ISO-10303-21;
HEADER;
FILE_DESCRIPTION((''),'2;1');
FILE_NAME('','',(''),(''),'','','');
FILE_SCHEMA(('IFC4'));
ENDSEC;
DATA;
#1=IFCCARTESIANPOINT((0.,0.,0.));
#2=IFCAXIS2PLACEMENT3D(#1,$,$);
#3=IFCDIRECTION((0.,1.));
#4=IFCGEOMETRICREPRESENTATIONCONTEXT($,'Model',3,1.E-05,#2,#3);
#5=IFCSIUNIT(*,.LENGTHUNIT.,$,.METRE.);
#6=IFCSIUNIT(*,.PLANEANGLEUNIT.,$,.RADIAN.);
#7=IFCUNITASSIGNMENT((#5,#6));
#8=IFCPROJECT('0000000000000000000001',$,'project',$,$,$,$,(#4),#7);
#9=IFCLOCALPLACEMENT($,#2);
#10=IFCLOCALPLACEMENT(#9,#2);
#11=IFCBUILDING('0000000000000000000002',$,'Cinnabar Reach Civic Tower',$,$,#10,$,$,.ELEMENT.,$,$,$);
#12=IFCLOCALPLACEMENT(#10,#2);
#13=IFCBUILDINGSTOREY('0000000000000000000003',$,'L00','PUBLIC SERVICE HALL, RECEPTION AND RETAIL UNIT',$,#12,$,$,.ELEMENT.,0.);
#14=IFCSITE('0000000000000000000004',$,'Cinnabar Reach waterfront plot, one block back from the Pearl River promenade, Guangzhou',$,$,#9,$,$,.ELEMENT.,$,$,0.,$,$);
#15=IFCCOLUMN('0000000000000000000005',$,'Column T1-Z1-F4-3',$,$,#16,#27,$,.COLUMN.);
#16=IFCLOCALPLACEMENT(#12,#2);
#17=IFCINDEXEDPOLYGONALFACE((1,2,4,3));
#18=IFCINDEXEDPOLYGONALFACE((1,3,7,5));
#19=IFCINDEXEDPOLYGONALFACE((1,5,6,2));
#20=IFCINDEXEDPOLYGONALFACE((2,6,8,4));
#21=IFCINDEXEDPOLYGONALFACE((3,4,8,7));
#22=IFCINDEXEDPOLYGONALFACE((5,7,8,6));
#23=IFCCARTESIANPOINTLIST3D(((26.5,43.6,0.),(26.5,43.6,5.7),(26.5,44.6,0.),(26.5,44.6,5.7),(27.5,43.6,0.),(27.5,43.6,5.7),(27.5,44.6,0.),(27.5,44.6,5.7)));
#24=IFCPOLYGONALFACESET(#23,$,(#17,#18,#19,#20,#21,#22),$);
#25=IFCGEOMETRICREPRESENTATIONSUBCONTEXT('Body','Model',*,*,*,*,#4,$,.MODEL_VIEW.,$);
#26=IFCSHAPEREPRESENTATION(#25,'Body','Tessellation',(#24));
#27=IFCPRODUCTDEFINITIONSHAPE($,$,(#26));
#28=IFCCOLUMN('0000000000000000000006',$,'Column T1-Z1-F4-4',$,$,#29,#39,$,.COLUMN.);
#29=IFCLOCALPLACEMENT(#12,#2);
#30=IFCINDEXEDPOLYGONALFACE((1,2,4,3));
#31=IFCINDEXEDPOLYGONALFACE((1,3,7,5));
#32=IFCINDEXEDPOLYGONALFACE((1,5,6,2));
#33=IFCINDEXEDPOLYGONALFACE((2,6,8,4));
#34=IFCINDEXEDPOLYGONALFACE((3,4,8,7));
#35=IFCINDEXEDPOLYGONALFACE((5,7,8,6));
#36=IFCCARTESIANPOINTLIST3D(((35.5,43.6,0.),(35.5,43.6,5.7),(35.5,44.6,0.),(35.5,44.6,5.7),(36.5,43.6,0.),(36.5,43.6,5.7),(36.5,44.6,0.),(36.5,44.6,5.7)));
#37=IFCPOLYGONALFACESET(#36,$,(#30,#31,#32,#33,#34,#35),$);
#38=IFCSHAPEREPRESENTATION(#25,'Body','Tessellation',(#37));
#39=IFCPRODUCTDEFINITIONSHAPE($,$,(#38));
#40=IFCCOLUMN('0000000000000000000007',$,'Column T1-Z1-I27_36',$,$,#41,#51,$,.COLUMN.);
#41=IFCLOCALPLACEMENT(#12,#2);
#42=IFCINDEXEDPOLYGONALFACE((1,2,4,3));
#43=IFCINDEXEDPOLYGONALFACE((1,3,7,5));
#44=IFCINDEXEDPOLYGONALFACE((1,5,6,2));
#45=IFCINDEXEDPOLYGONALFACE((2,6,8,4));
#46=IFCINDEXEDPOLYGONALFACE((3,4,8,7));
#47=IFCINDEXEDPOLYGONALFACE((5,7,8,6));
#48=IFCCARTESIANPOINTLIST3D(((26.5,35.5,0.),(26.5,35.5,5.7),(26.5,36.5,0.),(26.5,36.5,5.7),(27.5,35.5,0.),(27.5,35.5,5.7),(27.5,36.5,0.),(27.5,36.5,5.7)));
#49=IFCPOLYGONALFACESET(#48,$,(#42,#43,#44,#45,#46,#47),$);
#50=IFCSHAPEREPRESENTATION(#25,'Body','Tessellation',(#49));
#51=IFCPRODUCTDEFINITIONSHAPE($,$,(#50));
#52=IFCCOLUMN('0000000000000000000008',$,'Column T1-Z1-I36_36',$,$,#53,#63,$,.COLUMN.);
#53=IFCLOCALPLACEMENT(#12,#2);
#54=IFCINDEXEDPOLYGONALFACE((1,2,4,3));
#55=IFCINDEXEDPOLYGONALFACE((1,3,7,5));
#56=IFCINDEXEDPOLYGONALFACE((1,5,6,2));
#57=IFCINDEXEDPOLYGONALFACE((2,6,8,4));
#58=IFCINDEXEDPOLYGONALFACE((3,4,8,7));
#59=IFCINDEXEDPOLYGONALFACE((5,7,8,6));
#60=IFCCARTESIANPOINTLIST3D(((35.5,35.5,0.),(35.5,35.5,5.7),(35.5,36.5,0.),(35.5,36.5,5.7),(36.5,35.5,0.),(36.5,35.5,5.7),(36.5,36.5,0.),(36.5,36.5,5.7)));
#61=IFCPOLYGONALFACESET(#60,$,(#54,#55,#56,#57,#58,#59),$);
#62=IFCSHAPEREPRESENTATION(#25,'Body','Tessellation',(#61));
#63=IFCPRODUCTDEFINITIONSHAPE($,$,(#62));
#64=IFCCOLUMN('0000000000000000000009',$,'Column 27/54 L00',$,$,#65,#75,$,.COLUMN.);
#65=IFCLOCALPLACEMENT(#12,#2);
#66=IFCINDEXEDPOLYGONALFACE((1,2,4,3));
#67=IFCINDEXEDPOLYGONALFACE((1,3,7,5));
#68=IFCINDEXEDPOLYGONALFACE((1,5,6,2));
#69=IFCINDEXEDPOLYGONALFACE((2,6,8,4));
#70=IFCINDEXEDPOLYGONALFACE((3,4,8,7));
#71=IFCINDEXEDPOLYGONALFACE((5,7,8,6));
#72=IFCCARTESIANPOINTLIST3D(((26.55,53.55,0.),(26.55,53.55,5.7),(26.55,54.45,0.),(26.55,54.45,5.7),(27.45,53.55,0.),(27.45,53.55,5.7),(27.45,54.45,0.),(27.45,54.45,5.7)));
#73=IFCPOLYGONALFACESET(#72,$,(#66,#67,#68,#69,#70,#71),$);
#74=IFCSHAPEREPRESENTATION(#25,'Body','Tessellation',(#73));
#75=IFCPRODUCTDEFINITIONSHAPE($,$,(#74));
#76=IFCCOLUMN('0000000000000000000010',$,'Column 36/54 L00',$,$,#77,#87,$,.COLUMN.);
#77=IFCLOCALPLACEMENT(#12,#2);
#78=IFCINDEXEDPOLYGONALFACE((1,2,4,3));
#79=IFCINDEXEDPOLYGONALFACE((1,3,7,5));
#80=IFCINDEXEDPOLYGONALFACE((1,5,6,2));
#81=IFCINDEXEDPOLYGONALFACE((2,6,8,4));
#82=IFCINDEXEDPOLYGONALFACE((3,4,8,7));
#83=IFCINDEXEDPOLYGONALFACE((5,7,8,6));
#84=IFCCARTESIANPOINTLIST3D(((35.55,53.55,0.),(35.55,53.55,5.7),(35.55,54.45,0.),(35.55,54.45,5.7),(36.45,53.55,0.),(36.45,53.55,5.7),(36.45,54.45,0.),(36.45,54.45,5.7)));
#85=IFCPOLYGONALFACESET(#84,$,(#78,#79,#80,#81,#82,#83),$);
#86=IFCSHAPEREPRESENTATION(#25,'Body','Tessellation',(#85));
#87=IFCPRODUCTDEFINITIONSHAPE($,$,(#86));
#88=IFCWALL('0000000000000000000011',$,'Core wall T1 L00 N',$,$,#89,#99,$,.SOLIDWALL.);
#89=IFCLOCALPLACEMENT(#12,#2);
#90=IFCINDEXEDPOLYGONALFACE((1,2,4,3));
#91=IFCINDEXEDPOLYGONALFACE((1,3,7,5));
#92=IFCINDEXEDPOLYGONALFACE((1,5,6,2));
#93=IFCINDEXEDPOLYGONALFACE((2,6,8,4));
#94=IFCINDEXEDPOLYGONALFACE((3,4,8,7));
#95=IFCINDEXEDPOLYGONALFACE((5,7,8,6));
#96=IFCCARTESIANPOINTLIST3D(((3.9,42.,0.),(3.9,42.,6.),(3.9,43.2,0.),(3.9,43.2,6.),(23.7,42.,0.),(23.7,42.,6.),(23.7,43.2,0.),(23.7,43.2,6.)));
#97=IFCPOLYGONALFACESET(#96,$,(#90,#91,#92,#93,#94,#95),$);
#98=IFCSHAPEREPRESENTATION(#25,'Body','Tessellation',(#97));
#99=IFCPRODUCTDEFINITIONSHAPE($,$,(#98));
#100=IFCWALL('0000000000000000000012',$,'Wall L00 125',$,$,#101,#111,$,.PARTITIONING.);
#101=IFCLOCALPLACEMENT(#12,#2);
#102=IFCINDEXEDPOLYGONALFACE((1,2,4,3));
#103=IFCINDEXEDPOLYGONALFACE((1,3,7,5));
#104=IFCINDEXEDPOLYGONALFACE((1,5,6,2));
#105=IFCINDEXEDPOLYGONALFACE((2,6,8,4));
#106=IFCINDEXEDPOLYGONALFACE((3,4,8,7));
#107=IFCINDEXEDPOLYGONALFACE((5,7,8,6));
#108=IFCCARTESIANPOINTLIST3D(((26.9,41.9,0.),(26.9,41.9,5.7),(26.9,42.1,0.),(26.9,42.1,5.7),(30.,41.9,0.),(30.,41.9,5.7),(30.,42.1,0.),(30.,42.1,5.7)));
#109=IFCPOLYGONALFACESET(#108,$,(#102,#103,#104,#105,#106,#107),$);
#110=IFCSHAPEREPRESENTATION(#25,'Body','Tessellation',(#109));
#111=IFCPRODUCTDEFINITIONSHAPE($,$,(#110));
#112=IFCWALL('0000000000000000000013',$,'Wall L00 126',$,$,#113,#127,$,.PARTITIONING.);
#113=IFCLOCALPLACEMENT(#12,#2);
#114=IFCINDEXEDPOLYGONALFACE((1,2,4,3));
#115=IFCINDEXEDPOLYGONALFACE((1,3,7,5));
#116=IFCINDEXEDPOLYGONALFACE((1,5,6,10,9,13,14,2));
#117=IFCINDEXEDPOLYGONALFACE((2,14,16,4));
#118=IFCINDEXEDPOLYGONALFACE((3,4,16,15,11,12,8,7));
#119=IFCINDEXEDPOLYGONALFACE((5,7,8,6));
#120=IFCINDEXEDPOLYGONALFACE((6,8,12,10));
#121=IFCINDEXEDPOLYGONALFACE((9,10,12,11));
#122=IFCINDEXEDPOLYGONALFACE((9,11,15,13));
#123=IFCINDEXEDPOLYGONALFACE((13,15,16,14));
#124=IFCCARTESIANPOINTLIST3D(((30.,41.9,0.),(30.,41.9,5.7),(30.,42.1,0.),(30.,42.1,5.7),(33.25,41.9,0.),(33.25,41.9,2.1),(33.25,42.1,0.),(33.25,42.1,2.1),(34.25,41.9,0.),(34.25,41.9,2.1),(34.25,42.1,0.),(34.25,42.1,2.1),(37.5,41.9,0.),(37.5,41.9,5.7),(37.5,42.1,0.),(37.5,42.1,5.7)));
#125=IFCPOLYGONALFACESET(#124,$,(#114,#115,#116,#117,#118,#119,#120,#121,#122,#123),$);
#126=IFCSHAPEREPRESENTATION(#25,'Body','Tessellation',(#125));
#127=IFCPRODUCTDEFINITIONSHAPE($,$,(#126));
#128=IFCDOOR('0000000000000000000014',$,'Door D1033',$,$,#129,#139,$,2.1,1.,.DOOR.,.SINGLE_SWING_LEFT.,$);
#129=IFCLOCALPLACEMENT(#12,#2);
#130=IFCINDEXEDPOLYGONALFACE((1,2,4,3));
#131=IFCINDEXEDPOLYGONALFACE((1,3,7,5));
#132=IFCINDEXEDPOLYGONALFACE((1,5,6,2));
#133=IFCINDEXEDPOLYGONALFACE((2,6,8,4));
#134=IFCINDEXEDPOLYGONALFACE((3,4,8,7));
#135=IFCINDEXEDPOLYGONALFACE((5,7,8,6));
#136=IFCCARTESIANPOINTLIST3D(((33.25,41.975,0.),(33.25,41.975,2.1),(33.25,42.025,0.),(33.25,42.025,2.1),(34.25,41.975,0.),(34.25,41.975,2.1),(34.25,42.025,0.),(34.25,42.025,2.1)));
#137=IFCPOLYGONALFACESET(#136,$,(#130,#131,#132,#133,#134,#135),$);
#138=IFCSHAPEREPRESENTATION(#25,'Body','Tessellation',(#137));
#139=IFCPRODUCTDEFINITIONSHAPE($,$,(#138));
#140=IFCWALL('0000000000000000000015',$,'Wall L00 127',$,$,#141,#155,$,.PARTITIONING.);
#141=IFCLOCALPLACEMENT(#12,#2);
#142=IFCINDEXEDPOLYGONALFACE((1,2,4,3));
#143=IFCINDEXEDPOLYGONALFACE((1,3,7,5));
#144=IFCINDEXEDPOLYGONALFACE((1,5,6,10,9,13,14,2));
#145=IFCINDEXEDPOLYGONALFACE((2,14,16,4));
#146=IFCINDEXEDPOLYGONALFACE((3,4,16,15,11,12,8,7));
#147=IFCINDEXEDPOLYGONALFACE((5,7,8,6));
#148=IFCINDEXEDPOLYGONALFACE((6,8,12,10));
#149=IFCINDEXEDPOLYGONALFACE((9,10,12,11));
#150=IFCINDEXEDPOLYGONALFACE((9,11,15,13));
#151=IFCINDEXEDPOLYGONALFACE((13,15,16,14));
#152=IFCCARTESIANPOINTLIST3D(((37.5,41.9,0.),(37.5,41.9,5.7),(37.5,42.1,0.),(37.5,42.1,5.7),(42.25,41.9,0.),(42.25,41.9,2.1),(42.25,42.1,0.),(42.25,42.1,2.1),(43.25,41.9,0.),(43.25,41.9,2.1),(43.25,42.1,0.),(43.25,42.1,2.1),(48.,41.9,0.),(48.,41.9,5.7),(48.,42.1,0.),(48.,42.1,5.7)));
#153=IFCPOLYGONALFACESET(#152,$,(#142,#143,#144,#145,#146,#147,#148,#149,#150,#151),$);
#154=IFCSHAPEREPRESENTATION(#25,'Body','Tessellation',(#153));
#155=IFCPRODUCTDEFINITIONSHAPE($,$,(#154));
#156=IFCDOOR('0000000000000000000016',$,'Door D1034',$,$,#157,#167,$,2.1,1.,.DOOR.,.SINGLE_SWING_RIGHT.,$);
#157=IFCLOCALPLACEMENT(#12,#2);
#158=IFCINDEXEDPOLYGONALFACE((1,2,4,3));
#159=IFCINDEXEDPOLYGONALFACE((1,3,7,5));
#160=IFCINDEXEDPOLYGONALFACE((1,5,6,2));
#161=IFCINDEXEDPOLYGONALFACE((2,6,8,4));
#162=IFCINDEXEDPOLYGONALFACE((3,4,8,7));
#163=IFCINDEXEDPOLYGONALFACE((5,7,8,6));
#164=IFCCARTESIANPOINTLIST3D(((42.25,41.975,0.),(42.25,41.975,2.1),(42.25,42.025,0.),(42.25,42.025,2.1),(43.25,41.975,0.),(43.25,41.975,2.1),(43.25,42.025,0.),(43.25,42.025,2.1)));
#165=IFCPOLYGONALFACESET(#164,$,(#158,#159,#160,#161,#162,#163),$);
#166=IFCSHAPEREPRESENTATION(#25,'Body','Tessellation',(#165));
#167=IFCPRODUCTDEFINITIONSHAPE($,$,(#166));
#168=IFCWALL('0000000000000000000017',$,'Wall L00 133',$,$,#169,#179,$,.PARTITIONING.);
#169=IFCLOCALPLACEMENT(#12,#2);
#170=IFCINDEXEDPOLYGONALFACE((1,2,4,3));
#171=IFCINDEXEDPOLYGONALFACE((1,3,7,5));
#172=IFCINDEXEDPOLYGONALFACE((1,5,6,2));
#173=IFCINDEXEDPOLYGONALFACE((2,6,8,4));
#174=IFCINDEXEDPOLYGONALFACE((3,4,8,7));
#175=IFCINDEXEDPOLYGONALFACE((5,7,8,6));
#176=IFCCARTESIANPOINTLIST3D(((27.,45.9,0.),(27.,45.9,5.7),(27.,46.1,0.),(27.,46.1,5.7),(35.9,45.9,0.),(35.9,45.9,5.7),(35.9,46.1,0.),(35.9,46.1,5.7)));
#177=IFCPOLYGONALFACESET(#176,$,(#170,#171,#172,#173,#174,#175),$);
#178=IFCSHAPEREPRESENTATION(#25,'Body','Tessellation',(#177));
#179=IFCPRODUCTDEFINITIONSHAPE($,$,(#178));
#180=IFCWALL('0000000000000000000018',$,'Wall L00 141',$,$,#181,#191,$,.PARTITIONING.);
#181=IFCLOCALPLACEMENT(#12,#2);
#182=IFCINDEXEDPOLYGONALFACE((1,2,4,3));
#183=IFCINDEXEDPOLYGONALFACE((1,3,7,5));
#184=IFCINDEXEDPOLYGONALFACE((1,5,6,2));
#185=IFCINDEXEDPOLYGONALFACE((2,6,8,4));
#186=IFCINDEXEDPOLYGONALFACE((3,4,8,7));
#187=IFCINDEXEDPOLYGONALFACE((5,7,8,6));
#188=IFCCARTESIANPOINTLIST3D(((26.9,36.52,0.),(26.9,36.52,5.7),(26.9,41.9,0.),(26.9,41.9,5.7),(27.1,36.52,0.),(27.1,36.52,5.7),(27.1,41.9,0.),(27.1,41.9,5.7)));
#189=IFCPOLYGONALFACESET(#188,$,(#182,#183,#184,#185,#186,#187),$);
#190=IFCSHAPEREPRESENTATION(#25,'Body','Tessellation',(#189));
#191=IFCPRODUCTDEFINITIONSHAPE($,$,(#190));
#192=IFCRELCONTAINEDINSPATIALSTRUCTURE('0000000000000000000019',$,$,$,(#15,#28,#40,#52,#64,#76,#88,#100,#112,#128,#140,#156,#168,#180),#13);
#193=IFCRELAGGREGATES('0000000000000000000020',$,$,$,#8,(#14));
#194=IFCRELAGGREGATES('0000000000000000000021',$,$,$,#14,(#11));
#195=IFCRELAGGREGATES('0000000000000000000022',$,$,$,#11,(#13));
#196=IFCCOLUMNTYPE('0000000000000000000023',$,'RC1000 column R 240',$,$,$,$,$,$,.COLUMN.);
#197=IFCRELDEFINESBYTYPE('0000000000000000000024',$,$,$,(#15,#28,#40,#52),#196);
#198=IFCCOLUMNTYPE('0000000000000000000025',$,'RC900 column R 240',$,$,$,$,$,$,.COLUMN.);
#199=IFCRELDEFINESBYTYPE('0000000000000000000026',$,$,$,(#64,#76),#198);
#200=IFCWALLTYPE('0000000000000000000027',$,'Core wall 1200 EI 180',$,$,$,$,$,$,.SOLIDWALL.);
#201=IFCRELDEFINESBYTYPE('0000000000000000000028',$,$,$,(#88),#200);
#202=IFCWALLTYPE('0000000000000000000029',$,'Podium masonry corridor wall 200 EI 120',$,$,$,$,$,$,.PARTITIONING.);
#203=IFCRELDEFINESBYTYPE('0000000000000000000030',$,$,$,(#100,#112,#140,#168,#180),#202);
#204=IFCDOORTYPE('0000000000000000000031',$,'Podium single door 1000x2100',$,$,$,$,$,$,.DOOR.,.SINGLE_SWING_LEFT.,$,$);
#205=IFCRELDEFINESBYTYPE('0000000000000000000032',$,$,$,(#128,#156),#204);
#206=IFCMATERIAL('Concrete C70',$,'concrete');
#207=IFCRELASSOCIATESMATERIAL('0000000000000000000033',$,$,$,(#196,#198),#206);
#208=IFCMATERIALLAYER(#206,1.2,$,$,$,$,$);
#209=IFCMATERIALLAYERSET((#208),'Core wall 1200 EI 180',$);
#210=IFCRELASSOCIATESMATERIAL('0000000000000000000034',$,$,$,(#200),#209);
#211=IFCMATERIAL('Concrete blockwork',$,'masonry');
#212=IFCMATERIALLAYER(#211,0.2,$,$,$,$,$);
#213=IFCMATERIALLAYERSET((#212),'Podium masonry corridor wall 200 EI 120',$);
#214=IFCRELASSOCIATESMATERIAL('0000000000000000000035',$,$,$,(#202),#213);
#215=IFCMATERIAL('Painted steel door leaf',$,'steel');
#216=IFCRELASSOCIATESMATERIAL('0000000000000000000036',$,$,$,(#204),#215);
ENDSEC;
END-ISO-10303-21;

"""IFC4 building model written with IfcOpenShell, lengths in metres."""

from ifc_helpers import new_model, si_unit, direction, frame, frame_2d, origin, origin_2d, place, context, subcontext, project, spatial, rectangle, extrude, material, layer, layer_set, material_profile, profile_set, type_object, element, fill, save


model = new_model("IFC4")

# Units and contexts
model_context = context("Model", 3, precision=1e-05, world=origin(), true_north=direction((0.0, 1.0)))
body_context = subcontext(model_context, "Body", "Model", "MODEL_VIEW")
ifc_project = project(units=[si_unit("LENGTHUNIT", "METRE"), si_unit("PLANEANGLEUNIT", "RADIAN")], contexts=[model_context])

# Site, building, storey
site_placement = place(None, origin())
site = spatial("IfcSite", under=ifc_project, at=site_placement, Name="Cinnabar Reach waterfront plot, one block back from the Pearl River promenade, Guangzhou", CompositionType="ELEMENT", RefElevation=0.0)
building_placement = place(site_placement, origin())
building = spatial("IfcBuilding", under=site, at=building_placement, Name="Cinnabar Reach Civic Tower", CompositionType="ELEMENT")
storey_placement = place(building_placement, origin())
storey = spatial("IfcBuildingStorey", under=building, at=storey_placement, Name="L00", Description="PUBLIC SERVICE HALL, RECEPTION AND RETAIL UNIT", CompositionType="ELEMENT", Elevation=0.0)

# Columns
ifc_material_1 = material(Name="Concrete C70", Category="concrete")
ifc_material_profile_1 = material_profile(ifc_material_1, rectangle(XDim=1.0, YDim=1.0, at=origin_2d()), Name="RC1000")
ifc_profile_set_1 = profile_set([ifc_material_profile_1], Name="Concrete C70")
column_type_1 = type_object("IfcColumnType", Name="RC1000 column R 240", PredefinedType="COLUMN", material=ifc_profile_set_1)
for number, where, z_axis, x_axis, name in (
    (1, (27.0, 44.1, 0.0), (0.0, 0.0, 1.0), (1.0, 0.0, 0.0), "Column T1-Z1-F4-3"),
    (2, (36.0, 44.1, 0.0), (0.0, 0.0, 1.0), (1.0, 0.0, 0.0), "Column T1-Z1-F4-4"),
    (3, (27.0, 36.0, 0.0), (0.0, 0.0, 1.0), (1.0, 0.0, 0.0), "Column T1-Z1-I27_36"),
    (4, (36.0, 36.0, 0.0), (0.0, 0.0, 1.0), (1.0, 0.0, 0.0), "Column T1-Z1-I36_36"),
):
    element("IfcColumn", number, at=place(storey_placement, frame(where, z_axis=z_axis, x_axis=x_axis)), inside=storey, type_object=column_type_1, Name=name, PredefinedType="COLUMN", context=body_context, shape_type="SweptSolid", body=[
        extrude(rectangle(XDim=1.0, YDim=1.0, at=origin_2d()), origin(), (0.0, 0.0, 1.0), 5.7),
    ])
ifc_material_profile_2 = material_profile(ifc_material_1, rectangle(XDim=0.9, YDim=0.9, at=origin_2d()), Name="RC900")
ifc_profile_set_2 = profile_set([ifc_material_profile_2], Name="Concrete C70")
column_type_2 = type_object("IfcColumnType", Name="RC900 column R 240", PredefinedType="COLUMN", material=ifc_profile_set_2)
for number, where, z_axis, x_axis, name in (
    (5, (27.0, 54.0, 0.0), (0.0, 0.0, 1.0), (1.0, 0.0, 0.0), "Column 27/54 L00"),
    (6, (36.0, 54.0, 0.0), (0.0, 0.0, 1.0), (1.0, 0.0, 0.0), "Column 36/54 L00"),
):
    element("IfcColumn", number, at=place(storey_placement, frame(where, z_axis=z_axis, x_axis=x_axis)), inside=storey, type_object=column_type_2, Name=name, PredefinedType="COLUMN", context=body_context, shape_type="SweptSolid", body=[
        extrude(rectangle(XDim=0.9, YDim=0.9, at=origin_2d()), origin(), (0.0, 0.0, 1.0), 5.7),
    ])

# Walls
ifc_layer_1 = layer(ifc_material_1, 1.2)
ifc_layer_set_1 = layer_set([ifc_layer_1], Name="Core wall 1200 EI 180")
wall_type_1 = type_object("IfcWallType", Name="Core wall 1200 EI 180", PredefinedType="SOLIDWALL", material=ifc_layer_set_1)
wall_1_placement = place(storey_placement, frame((23.7, 42.6, 0.0), z_axis=(0.0, 0.0, 1.0), x_axis=(-1.0, 0.0, 0.0)))
element("IfcWall", 7, at=wall_1_placement, inside=storey, type_object=wall_type_1, Name="Core wall T1 L00 N", PredefinedType="SOLIDWALL", context=body_context, shape_type="SweptSolid", body=[
    extrude(rectangle(XDim=19.8, YDim=1.2, at=frame_2d((9.9, 0.0))), origin(), (0.0, 0.0, 1.0), 6.0),
])
ifc_material_2 = material(Name="Concrete blockwork", Category="masonry")
ifc_layer_2 = layer(ifc_material_2, 0.2)
ifc_layer_set_2 = layer_set([ifc_layer_2], Name="Podium masonry corridor wall 200 EI 120")
wall_type_2 = type_object("IfcWallType", Name="Podium masonry corridor wall 200 EI 120", PredefinedType="PARTITIONING", material=ifc_layer_set_2)
wall_2_placement = place(storey_placement, frame((26.9, 42.0, 0.0), z_axis=(0.0, 0.0, 1.0), x_axis=(1.0, 0.0, 0.0)))
element("IfcWall", 8, at=wall_2_placement, inside=storey, type_object=wall_type_2, Name="Wall L00 125", PredefinedType="PARTITIONING", context=body_context, shape_type="SweptSolid", body=[
    extrude(rectangle(XDim=3.1, YDim=0.2, at=frame_2d((1.55, 0.0))), origin(), (0.0, 0.0, 1.0), 5.7),
])

# Walls, openings, doors
wall_3_placement = place(storey_placement, frame((30.0, 42.0, 0.0), z_axis=(0.0, 0.0, 1.0), x_axis=(1.0, 0.0, 0.0)))
wall_3 = element("IfcWall", 9, at=wall_3_placement, inside=storey, type_object=wall_type_2, Name="Wall L00 126", PredefinedType="PARTITIONING", context=body_context, shape_type="SweptSolid", body=[
    extrude(rectangle(XDim=7.5, YDim=0.2, at=frame_2d((3.75, 0.0))), origin(), (0.0, 0.0, 1.0), 5.7),
])
opening_1_placement = place(wall_3_placement, frame((3.25, 0.0, 0.0)))
opening_1 = element("IfcOpeningElement", 10, at=opening_1_placement, cuts=wall_3, PredefinedType="OPENING", context=body_context, shape_type="SweptSolid", body=[
    extrude(rectangle(XDim=1.0, YDim=2.1, at=frame_2d((0.5, 1.05))), frame((0.0, 0.11, 0.0), z_axis=(0.0, -1.0, 0.0), x_axis=(1.0, 0.0, 0.0)), (0.0, 0.0, 1.0), 0.22),
])
ifc_material_3 = material(Name="Painted steel door leaf", Category="steel")
door_type = type_object("IfcDoorType", Name="Podium single door 1000x2100", OperationType="SINGLE_SWING_LEFT", PredefinedType="DOOR", material=ifc_material_3)
door_1_placement = place(opening_1_placement, frame((1.0, 0.0, 0.0), z_axis=(0.0, 0.0, 1.0), x_axis=(-1.0, 0.0, 0.0)))
door_1 = element("IfcDoor", 11, at=door_1_placement, inside=storey, type_object=door_type, Name="Door D1033", OperationType="SINGLE_SWING_LEFT", OverallHeight=2.1, OverallWidth=1.0, PredefinedType="DOOR", context=body_context, shape_type="SweptSolid", body=[
    extrude(rectangle(XDim=1.0, YDim=2.1, at=frame_2d((0.5, 1.05))), frame((0.0, 0.025, 0.0), z_axis=(0.0, -1.0, 0.0), x_axis=(1.0, 0.0, 0.0)), (0.0, 0.0, 1.0), 0.05),
])
fill(opening_1, door_1)
wall_4_placement = place(storey_placement, frame((37.5, 42.0, 0.0), z_axis=(0.0, 0.0, 1.0), x_axis=(1.0, 0.0, 0.0)))
wall_4 = element("IfcWall", 12, at=wall_4_placement, inside=storey, type_object=wall_type_2, Name="Wall L00 127", PredefinedType="PARTITIONING", context=body_context, shape_type="SweptSolid", body=[
    extrude(rectangle(XDim=10.5, YDim=0.2, at=frame_2d((5.25, 0.0))), origin(), (0.0, 0.0, 1.0), 5.7),
])
opening_2_placement = place(wall_4_placement, frame((4.75, 0.0, 0.0)))
opening_2 = element("IfcOpeningElement", 13, at=opening_2_placement, cuts=wall_4, PredefinedType="OPENING", context=body_context, shape_type="SweptSolid", body=[
    extrude(rectangle(XDim=1.0, YDim=2.1, at=frame_2d((0.5, 1.05))), frame((0.0, 0.11, 0.0), z_axis=(0.0, -1.0, 0.0), x_axis=(1.0, 0.0, 0.0)), (0.0, 0.0, 1.0), 0.22),
])
door_2_placement = place(opening_2_placement, frame((1.0, 0.0, 0.0), z_axis=(0.0, 0.0, 1.0), x_axis=(-1.0, 0.0, 0.0)))
door_2 = element("IfcDoor", 14, at=door_2_placement, inside=storey, type_object=door_type, Name="Door D1034", OperationType="SINGLE_SWING_RIGHT", OverallHeight=2.1, OverallWidth=1.0, PredefinedType="DOOR", context=body_context, shape_type="SweptSolid", body=[
    extrude(rectangle(XDim=1.0, YDim=2.1, at=frame_2d((0.5, 1.05))), frame((0.0, 0.025, 0.0), z_axis=(0.0, -1.0, 0.0), x_axis=(1.0, 0.0, 0.0)), (0.0, 0.0, 1.0), 0.05),
])
fill(opening_2, door_2)

# Walls
wall_5_placement = place(storey_placement, frame((27.0, 46.0, 0.0), z_axis=(0.0, 0.0, 1.0), x_axis=(1.0, 0.0, 0.0)))
element("IfcWall", 15, at=wall_5_placement, inside=storey, type_object=wall_type_2, Name="Wall L00 133", PredefinedType="PARTITIONING", context=body_context, shape_type="SweptSolid", body=[
    extrude(rectangle(XDim=8.9, YDim=0.2, at=frame_2d((4.45, 0.0))), origin(), (0.0, 0.0, 1.0), 5.7),
])
wall_6_placement = place(storey_placement, frame((27.0, 36.52, 0.0), z_axis=(0.0, 0.0, 1.0), x_axis=(0.0, 1.0, 0.0)))
element("IfcWall", 16, at=wall_6_placement, inside=storey, type_object=wall_type_2, Name="Wall L00 141", PredefinedType="PARTITIONING", context=body_context, shape_type="SweptSolid", body=[
    extrude(rectangle(XDim=5.38, YDim=0.2, at=frame_2d((2.69, 0.0))), origin(), (0.0, 0.0, 1.0), 5.7),
])

save(model, "model.ifc")
